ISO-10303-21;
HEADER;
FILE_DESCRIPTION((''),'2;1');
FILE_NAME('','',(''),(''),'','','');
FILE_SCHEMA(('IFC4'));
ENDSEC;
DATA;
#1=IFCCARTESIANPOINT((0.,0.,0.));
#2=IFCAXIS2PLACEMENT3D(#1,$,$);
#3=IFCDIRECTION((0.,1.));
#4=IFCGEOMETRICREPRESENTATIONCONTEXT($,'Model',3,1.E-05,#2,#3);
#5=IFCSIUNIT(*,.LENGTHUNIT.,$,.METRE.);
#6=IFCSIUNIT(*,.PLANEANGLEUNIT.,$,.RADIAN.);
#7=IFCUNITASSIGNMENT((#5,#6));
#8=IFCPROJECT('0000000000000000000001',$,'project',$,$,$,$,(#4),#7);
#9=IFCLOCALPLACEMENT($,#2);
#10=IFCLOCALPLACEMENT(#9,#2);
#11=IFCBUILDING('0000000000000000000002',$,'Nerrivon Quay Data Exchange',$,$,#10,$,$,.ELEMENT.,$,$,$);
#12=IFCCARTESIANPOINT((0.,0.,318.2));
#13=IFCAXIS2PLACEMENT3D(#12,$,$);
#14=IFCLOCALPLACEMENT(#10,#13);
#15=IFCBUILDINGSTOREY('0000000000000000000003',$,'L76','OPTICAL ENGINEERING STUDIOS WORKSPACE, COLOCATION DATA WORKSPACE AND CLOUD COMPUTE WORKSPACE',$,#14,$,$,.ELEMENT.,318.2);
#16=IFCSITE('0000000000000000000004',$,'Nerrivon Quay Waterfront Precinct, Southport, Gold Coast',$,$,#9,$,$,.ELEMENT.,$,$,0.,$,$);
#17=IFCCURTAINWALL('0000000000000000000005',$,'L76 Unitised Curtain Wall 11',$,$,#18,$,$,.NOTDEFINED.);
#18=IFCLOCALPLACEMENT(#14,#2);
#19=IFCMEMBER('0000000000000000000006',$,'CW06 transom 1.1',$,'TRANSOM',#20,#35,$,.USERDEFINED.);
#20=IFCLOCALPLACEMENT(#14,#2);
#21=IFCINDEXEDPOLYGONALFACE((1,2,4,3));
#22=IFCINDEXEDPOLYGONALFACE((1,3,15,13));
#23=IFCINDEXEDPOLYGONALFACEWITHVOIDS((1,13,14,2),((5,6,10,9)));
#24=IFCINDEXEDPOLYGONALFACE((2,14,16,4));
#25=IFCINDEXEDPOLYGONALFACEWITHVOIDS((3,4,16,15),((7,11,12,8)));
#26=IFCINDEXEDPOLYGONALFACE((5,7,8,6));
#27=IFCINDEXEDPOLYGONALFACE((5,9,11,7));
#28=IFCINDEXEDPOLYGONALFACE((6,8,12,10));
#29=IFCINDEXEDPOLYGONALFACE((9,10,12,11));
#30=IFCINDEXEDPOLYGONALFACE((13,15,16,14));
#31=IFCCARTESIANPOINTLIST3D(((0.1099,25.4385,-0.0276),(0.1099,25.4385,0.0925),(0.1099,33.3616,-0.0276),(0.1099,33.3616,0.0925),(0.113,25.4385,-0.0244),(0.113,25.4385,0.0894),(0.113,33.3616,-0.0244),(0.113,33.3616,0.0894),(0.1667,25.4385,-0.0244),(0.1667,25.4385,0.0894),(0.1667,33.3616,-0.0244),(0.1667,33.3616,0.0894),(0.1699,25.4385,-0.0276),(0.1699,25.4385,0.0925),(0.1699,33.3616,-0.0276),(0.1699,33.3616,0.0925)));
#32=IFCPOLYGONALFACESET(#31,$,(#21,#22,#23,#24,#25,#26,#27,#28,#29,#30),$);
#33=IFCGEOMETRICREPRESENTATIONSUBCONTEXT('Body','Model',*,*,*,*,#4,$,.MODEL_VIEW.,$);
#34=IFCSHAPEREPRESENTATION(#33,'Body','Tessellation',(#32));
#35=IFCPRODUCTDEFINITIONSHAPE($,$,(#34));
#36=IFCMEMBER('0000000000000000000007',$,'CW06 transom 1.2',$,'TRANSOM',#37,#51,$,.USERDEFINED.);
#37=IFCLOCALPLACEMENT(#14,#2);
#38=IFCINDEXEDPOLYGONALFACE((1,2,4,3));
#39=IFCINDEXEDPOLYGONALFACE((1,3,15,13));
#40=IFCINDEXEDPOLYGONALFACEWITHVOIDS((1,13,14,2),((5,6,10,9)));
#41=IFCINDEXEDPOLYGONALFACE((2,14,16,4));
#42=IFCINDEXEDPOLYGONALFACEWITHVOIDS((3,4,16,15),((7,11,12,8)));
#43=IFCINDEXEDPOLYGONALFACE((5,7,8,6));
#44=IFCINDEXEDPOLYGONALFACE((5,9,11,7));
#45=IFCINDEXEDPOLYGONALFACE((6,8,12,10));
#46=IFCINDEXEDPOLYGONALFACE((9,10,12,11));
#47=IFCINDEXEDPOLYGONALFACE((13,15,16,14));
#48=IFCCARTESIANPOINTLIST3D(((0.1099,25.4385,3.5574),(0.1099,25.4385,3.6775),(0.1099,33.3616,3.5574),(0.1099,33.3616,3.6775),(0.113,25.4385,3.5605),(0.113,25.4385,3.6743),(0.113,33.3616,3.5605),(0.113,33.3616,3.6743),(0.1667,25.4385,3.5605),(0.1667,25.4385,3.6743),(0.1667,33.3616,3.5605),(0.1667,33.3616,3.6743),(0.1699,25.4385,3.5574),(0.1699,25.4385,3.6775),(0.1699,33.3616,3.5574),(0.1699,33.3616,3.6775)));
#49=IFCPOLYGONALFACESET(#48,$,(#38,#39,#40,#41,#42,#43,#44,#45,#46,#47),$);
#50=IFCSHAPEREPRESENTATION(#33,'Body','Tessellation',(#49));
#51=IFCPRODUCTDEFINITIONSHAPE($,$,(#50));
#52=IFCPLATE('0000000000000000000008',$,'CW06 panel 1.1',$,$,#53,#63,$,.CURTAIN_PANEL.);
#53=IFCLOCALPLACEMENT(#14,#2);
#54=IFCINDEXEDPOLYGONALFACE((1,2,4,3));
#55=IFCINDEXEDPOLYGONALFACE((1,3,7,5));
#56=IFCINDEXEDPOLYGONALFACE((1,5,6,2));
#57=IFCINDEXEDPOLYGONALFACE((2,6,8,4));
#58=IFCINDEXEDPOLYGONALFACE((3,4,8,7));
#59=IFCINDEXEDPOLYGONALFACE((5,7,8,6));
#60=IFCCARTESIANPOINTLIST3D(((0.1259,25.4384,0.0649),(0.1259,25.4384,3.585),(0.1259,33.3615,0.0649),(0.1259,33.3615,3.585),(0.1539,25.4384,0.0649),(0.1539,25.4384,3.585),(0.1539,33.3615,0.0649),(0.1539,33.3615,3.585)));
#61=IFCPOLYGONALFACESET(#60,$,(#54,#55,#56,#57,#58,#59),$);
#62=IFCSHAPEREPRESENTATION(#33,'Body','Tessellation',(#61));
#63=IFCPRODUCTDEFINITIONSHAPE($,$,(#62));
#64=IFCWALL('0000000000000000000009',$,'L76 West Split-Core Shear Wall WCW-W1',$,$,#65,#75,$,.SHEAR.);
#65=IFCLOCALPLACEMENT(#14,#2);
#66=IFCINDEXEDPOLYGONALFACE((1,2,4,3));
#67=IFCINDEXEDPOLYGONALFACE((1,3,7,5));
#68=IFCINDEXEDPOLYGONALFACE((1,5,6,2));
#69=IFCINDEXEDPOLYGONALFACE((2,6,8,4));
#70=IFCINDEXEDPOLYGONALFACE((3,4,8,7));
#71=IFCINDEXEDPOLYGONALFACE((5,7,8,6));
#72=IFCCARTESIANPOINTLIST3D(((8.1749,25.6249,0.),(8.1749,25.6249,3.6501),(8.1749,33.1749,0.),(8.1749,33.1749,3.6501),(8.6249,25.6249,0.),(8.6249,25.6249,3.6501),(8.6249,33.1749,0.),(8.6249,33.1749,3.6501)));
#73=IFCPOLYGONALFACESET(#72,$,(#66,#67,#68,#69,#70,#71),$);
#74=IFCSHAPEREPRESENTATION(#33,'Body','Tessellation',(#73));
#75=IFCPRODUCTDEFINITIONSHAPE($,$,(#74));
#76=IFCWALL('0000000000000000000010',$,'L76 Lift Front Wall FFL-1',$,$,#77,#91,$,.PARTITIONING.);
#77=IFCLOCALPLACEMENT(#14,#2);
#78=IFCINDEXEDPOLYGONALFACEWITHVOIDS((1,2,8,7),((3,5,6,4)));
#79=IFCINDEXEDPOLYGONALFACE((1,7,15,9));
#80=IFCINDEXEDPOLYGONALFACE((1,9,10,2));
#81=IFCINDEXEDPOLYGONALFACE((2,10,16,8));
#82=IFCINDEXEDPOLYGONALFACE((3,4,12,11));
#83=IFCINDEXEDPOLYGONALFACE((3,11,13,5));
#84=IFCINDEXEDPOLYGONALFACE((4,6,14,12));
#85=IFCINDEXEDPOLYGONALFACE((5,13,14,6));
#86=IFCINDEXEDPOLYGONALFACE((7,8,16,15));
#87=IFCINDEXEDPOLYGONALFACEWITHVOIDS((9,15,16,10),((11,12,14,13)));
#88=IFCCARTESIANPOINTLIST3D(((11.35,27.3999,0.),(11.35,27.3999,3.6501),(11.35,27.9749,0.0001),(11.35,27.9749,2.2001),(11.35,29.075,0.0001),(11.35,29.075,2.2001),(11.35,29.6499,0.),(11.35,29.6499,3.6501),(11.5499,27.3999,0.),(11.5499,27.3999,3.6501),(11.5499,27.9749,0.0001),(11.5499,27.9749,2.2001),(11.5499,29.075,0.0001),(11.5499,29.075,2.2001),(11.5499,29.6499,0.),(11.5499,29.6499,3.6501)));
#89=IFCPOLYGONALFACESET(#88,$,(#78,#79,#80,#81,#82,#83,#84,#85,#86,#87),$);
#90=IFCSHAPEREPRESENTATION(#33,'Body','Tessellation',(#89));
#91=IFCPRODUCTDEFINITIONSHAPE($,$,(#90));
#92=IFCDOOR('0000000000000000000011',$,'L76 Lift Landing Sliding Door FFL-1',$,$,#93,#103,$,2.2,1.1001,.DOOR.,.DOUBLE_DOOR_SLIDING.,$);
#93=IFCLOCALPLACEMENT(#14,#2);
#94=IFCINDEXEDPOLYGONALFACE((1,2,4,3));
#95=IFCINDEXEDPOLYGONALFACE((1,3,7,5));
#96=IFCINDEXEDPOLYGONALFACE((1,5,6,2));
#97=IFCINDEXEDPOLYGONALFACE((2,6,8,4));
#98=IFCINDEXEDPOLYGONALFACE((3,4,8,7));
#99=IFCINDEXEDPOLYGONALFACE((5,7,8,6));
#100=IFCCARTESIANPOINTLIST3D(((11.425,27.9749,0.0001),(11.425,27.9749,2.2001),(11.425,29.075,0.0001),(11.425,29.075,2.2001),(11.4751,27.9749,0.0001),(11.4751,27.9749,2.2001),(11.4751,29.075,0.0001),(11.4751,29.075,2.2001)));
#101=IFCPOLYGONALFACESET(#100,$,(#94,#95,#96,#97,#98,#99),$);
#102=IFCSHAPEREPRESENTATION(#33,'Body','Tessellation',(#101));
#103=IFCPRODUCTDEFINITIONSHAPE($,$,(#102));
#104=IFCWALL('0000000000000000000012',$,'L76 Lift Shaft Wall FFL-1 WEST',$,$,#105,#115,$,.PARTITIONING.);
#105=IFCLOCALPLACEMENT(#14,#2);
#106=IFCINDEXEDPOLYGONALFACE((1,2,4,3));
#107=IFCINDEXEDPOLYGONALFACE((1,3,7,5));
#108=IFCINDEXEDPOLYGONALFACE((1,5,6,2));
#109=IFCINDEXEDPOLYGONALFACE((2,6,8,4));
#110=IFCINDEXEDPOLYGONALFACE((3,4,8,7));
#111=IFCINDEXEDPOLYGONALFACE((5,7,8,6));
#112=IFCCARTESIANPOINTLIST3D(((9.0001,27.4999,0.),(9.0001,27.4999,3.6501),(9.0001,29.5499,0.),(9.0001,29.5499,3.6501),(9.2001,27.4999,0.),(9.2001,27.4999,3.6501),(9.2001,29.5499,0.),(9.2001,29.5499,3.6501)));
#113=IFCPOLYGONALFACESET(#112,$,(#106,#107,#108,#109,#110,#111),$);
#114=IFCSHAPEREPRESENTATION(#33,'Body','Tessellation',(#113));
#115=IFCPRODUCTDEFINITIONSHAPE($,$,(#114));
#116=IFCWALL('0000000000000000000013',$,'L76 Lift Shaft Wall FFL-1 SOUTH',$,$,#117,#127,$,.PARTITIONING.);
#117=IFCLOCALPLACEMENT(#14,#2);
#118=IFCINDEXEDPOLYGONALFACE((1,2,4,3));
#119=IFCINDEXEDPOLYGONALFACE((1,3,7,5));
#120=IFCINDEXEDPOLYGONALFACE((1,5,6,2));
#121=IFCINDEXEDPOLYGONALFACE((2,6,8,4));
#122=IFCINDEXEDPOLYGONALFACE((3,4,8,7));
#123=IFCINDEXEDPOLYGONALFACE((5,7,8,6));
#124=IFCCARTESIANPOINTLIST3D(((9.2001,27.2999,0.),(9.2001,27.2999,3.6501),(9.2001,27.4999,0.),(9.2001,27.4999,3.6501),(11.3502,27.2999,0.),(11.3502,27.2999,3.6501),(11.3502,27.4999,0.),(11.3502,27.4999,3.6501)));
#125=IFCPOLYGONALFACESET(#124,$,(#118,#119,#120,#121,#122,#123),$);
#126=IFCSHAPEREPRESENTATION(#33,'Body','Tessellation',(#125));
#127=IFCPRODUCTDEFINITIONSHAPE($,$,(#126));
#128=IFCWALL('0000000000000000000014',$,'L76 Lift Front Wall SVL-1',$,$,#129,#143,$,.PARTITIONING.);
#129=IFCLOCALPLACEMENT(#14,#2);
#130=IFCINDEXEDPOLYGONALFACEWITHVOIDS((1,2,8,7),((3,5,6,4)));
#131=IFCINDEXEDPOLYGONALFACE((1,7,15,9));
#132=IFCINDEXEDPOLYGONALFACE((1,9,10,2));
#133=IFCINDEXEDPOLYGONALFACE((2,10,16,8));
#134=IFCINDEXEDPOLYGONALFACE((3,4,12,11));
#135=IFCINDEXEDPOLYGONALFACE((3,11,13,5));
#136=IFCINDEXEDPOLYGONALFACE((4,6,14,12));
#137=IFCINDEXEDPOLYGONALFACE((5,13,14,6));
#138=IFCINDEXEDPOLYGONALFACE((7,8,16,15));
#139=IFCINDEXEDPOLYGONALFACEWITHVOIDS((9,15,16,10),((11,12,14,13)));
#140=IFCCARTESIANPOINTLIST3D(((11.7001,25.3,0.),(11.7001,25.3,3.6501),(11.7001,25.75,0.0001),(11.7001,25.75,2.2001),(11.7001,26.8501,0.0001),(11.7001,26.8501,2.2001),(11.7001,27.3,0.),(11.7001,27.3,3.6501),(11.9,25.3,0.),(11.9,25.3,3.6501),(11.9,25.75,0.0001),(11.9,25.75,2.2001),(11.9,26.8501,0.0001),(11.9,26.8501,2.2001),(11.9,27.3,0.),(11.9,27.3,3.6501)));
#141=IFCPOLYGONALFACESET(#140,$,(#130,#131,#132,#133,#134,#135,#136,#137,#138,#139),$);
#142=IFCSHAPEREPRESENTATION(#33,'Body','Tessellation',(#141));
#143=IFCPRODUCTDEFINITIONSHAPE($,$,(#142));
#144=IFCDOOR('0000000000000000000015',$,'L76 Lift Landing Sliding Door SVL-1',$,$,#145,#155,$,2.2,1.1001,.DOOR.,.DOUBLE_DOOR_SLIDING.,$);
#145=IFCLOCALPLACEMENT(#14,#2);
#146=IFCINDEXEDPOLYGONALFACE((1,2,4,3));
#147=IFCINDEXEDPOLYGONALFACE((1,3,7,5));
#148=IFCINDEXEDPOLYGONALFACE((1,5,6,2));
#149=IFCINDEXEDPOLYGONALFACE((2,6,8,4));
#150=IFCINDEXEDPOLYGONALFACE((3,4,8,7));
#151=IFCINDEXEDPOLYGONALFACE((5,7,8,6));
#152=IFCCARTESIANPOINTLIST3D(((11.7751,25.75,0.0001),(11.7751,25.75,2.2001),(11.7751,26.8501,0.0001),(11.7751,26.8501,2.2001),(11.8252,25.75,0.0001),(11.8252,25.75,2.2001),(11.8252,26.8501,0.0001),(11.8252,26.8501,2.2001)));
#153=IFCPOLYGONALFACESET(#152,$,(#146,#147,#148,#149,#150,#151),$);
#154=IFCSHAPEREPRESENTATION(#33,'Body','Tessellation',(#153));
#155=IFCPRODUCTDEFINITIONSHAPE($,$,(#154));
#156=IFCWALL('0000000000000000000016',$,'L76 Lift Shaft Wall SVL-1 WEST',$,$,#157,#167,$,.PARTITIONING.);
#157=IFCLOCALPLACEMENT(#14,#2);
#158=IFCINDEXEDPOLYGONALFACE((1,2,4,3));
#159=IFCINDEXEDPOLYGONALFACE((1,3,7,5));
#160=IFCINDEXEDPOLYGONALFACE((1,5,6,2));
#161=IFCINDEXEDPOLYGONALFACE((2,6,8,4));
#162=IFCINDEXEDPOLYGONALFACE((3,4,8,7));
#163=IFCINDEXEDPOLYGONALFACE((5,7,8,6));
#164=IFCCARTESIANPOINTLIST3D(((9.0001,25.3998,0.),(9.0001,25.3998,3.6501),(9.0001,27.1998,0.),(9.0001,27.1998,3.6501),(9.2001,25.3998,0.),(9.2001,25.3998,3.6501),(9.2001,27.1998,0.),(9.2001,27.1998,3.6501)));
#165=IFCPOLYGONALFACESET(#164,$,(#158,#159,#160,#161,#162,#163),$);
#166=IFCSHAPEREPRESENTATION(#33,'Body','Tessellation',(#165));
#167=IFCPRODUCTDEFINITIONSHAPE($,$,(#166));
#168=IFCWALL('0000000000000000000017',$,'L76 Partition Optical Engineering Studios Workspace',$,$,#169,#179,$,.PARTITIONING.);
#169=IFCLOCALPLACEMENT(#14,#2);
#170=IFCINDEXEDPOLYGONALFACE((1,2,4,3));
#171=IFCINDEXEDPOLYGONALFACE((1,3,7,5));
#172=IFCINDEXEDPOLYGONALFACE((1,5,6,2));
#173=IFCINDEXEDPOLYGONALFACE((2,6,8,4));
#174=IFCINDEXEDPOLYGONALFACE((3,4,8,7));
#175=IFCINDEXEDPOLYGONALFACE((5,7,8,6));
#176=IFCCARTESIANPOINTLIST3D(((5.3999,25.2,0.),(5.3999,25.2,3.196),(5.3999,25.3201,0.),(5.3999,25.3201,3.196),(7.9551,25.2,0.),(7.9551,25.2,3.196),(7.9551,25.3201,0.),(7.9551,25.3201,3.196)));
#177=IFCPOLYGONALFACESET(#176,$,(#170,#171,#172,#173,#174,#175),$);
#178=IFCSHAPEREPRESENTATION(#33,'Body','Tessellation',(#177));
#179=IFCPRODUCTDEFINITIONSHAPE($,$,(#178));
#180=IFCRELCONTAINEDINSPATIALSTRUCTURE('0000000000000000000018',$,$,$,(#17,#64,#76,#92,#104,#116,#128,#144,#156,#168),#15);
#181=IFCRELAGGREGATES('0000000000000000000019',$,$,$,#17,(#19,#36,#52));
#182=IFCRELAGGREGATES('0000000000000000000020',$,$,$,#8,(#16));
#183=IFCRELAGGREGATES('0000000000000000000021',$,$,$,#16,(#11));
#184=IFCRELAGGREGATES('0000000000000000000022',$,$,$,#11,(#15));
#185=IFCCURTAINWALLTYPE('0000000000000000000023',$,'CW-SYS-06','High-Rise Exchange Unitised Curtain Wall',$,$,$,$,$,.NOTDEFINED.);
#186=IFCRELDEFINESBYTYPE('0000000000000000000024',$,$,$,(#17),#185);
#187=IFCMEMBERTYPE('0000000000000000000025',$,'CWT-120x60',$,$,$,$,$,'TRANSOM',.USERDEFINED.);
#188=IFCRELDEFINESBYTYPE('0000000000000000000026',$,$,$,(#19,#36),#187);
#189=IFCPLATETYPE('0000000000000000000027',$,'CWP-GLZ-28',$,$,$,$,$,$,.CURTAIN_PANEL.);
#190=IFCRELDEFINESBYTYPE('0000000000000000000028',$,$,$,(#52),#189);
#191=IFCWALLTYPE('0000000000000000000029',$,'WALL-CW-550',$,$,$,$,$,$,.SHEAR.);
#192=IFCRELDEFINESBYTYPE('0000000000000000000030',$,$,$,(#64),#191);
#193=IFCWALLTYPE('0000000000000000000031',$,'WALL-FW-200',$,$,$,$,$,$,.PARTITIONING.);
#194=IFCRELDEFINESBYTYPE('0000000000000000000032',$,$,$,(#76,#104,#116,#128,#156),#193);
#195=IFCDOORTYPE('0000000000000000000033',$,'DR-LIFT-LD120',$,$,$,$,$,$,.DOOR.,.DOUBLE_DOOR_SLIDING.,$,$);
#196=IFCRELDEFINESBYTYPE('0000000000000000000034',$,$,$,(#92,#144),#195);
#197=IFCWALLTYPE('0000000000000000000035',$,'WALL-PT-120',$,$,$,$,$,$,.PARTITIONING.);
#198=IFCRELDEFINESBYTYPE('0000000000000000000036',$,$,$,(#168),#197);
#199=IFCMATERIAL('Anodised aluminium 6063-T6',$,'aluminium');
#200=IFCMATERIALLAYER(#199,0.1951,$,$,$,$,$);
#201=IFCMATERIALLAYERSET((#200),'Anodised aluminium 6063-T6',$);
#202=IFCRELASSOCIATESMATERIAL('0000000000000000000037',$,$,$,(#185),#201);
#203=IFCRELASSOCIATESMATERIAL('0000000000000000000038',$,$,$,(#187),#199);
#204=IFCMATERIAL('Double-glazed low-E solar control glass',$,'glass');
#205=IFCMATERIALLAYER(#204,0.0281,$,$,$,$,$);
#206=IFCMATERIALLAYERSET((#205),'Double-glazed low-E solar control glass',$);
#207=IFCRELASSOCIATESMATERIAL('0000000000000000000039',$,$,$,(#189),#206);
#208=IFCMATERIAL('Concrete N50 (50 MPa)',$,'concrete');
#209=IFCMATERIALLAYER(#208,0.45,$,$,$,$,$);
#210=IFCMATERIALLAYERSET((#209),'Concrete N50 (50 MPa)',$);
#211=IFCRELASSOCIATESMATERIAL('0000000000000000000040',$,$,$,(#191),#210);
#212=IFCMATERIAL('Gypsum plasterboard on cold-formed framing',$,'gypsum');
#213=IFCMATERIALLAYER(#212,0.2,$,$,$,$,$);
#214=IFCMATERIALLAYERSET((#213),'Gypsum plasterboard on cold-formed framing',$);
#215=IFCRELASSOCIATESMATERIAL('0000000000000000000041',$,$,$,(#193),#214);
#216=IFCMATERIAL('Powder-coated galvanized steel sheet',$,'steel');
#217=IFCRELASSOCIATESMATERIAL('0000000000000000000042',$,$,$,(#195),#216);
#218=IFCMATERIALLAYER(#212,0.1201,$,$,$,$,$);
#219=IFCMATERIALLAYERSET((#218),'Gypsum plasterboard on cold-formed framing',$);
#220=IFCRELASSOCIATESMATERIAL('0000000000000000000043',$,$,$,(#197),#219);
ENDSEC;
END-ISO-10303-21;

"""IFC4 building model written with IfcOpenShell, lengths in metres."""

from ifc_helpers import new_model, si_unit, direction, frame, frame_2d, origin, origin_2d, place, context, subcontext, project, spatial, rectangle, hollow_rectangle, extrude, material, layer, layer_set, material_profile, profile_set, type_object, element, fill, aggregate, save


model = new_model("IFC4")

# Units and contexts
model_context = context("Model", 3, precision=1e-05, world=origin(), true_north=direction((0.0, 1.0)))
body_context = subcontext(model_context, "Body", "Model", "MODEL_VIEW")
ifc_project = project(units=[si_unit("LENGTHUNIT", "METRE"), si_unit("PLANEANGLEUNIT", "RADIAN")], contexts=[model_context])

# Site, building, storey
site_placement = place(None, origin())
site = spatial("IfcSite", under=ifc_project, at=site_placement, Name="Nerrivon Quay Waterfront Precinct, Southport, Gold Coast", CompositionType="ELEMENT", RefElevation=0.0)
building_placement = place(site_placement, origin())
building = spatial("IfcBuilding", under=site, at=building_placement, Name="Nerrivon Quay Data Exchange", CompositionType="ELEMENT")
storey_placement = place(building_placement, frame((0.0, 0.0, 318.2)))
storey = spatial("IfcBuildingStorey", under=building, at=storey_placement, Name="L76", Description="OPTICAL ENGINEERING STUDIOS WORKSPACE, COLOCATION DATA WORKSPACE AND CLOUD COMPUTE WORKSPACE", CompositionType="ELEMENT", Elevation=318.2)

# Curtain wall, members, plate
ifc_material_1 = material(Name="Anodised aluminium 6063-T6", Category="aluminium")
ifc_layer_1 = layer(ifc_material_1, 0.1951)
ifc_layer_set_1 = layer_set([ifc_layer_1], Name="Anodised aluminium 6063-T6")
curtain_wall_type = type_object("IfcCurtainWallType", Name="CW-SYS-06", Description="High-Rise Exchange Unitised Curtain Wall", PredefinedType="NOTDEFINED", material=ifc_layer_set_1)
curtain_wall_placement = place(storey_placement, origin())
curtain_wall = element("IfcCurtainWall", 1, at=curtain_wall_placement, inside=storey, type_object=curtain_wall_type, Name="L76 Unitised Curtain Wall 11", PredefinedType="NOTDEFINED")
ifc_material_profile_1 = material_profile(ifc_material_1, hollow_rectangle(XDim=0.0601, YDim=0.1201, WallThickness=0.0032, at=origin_2d()), Name="ALU-TRAN-120x60")
ifc_profile_set_1 = profile_set([ifc_material_profile_1], Name="Anodised aluminium 6063-T6")
member_type_1 = type_object("IfcMemberType", Name="CWT-120x60", ElementType="TRANSOM", PredefinedType="USERDEFINED", material=ifc_profile_set_1)
member_1_placement = place(storey_placement, frame((0.1399, 25.4385, 0.0325), z_axis=(0.0, 1.0, 0.0), x_axis=(-1.0, 0.0, 0.0)))
member_1 = element("IfcMember", 2, at=member_1_placement, type_object=member_type_1, Name="CW06 transom 1.1", ObjectType="TRANSOM", PredefinedType="USERDEFINED", context=body_context, shape_type="SweptSolid", body=[
    extrude(hollow_rectangle(XDim=0.0601, YDim=0.1201, WallThickness=0.0032, at=origin_2d()), origin(), (0.0, 0.0, 1.0), 7.9231),
])
member_2_placement = place(storey_placement, frame((0.1399, 25.4385, 3.6174), z_axis=(0.0, 1.0, 0.0), x_axis=(-1.0, 0.0, 0.0)))
member_2 = element("IfcMember", 3, at=member_2_placement, type_object=member_type_1, Name="CW06 transom 1.2", ObjectType="TRANSOM", PredefinedType="USERDEFINED", context=body_context, shape_type="SweptSolid", body=[
    extrude(hollow_rectangle(XDim=0.0601, YDim=0.1201, WallThickness=0.0032, at=origin_2d()), origin(), (0.0, 0.0, 1.0), 7.9231),
])
ifc_material_2 = material(Name="Double-glazed low-E solar control glass", Category="glass")
ifc_layer_2 = layer(ifc_material_2, 0.0281)
ifc_layer_set_2 = layer_set([ifc_layer_2], Name="Double-glazed low-E solar control glass")
plate_type = type_object("IfcPlateType", Name="CWP-GLZ-28", PredefinedType="CURTAIN_PANEL", material=ifc_layer_set_2)
plate_placement = place(storey_placement, frame((0.1399, 29.3999, 0.0649), z_axis=(0.0, 0.0, 1.0), x_axis=(0.0, 1.0, 0.0)))
plate = element("IfcPlate", 4, at=plate_placement, type_object=plate_type, Name="CW06 panel 1.1", PredefinedType="CURTAIN_PANEL", context=body_context, shape_type="SweptSolid", body=[
    extrude(rectangle(XDim=7.9231, YDim=0.0281, at=origin_2d()), origin(), (0.0, 0.0, 1.0), 3.52),
])
aggregate(curtain_wall, [member_1, member_2, plate])

# Wall
ifc_material_3 = material(Name="Concrete N50 (50 MPa)", Category="concrete")
ifc_layer_3 = layer(ifc_material_3, 0.45)
ifc_layer_set_3 = layer_set([ifc_layer_3], Name="Concrete N50 (50 MPa)")
wall_type_1 = type_object("IfcWallType", Name="WALL-CW-550", PredefinedType="SHEAR", material=ifc_layer_set_3)
wall_1_placement = place(storey_placement, frame((8.3999, 25.625, 0.0), z_axis=(0.0, 0.0, 1.0), x_axis=(0.0, 1.0, 0.0)))
element("IfcWall", 5, at=wall_1_placement, inside=storey, type_object=wall_type_1, Name="L76 West Split-Core Shear Wall WCW-W1", PredefinedType="SHEAR", context=body_context, shape_type="SweptSolid", body=[
    extrude(rectangle(XDim=7.55, YDim=0.45, at=frame_2d((3.7749, 0.0))), origin(), (0.0, 0.0, 1.0), 3.6501),
])

# Wall, opening, door
ifc_material_4 = material(Name="Gypsum plasterboard on cold-formed framing", Category="gypsum")
ifc_layer_4 = layer(ifc_material_4, 0.2)
ifc_layer_set_4 = layer_set([ifc_layer_4], Name="Gypsum plasterboard on cold-formed framing")
wall_type_2 = type_object("IfcWallType", Name="WALL-FW-200", PredefinedType="PARTITIONING", material=ifc_layer_set_4)
wall_2_placement = place(storey_placement, frame((11.45, 27.3999, 0.0), z_axis=(0.0, 0.0, 1.0), x_axis=(0.0, 1.0, 0.0)))
wall_2 = element("IfcWall", 6, at=wall_2_placement, inside=storey, type_object=wall_type_2, Name="L76 Lift Front Wall FFL-1", PredefinedType="PARTITIONING", context=body_context, shape_type="SweptSolid", body=[
    extrude(rectangle(XDim=2.25, YDim=0.2, at=frame_2d((1.125, 0.0))), origin(), (0.0, 0.0, 1.0), 3.6501),
])
opening_1_placement = place(wall_2_placement, frame((0.575, 0.0, 0.0)))
opening_1 = element("IfcOpeningElement", 7, at=opening_1_placement, cuts=wall_2, PredefinedType="OPENING", context=body_context, shape_type="SweptSolid", body=[
    extrude(rectangle(XDim=1.1001, YDim=2.2, at=frame_2d((0.55, 1.1001))), frame((0.0, 0.1099, 0.0), z_axis=(0.0, -1.0, 0.0), x_axis=(1.0, 0.0, 0.0)), (0.0, 0.0, 1.0), 0.22),
])
ifc_material_5 = material(Name="Powder-coated galvanized steel sheet", Category="steel")
door_type_1 = type_object("IfcDoorType", Name="DR-LIFT-LD120", OperationType="DOUBLE_DOOR_SLIDING", PredefinedType="DOOR", material=ifc_material_5)
door_1_placement = place(opening_1_placement, origin())
door_1 = element("IfcDoor", 8, at=door_1_placement, inside=storey, type_object=door_type_1, Name="L76 Lift Landing Sliding Door FFL-1", OperationType="DOUBLE_DOOR_SLIDING", OverallHeight=2.2, OverallWidth=1.1001, PredefinedType="DOOR", context=body_context, shape_type="SweptSolid", body=[
    extrude(rectangle(XDim=1.1001, YDim=2.2, at=frame_2d((0.55, 1.1001))), frame((0.0, 0.0249, 0.0), z_axis=(0.0, -1.0, 0.0), x_axis=(1.0, 0.0, 0.0)), (0.0, 0.0, 1.0), 0.05),
])
fill(opening_1, door_1)

# Walls
wall_3_placement = place(storey_placement, frame((9.1001, 27.5, 0.0), z_axis=(0.0, 0.0, 1.0), x_axis=(0.0, 1.0, 0.0)))
element("IfcWall", 9, at=wall_3_placement, inside=storey, type_object=wall_type_2, Name="L76 Lift Shaft Wall FFL-1 WEST", PredefinedType="PARTITIONING", context=body_context, shape_type="SweptSolid", body=[
    extrude(rectangle(XDim=2.05, YDim=0.2, at=frame_2d((1.0249, 0.0))), origin(), (0.0, 0.0, 1.0), 3.6501),
])
wall_4_placement = place(storey_placement, frame((9.2, 27.3999, 0.0), z_axis=(0.0, 0.0, 1.0), x_axis=(1.0, 0.0, 0.0)))
element("IfcWall", 10, at=wall_4_placement, inside=storey, type_object=wall_type_2, Name="L76 Lift Shaft Wall FFL-1 SOUTH", PredefinedType="PARTITIONING", context=body_context, shape_type="SweptSolid", body=[
    extrude(rectangle(XDim=2.1501, YDim=0.2, at=frame_2d((1.0752, 0.0))), origin(), (0.0, 0.0, 1.0), 3.6501),
])

# Wall, opening, door
wall_5_placement = place(storey_placement, frame((11.8, 25.3, 0.0), z_axis=(0.0, 0.0, 1.0), x_axis=(0.0, 1.0, 0.0)))
wall_5 = element("IfcWall", 11, at=wall_5_placement, inside=storey, type_object=wall_type_2, Name="L76 Lift Front Wall SVL-1", PredefinedType="PARTITIONING", context=body_context, shape_type="SweptSolid", body=[
    extrude(rectangle(XDim=2.0, YDim=0.2, at=frame_2d((1.0, 0.0))), origin(), (0.0, 0.0, 1.0), 3.6501),
])
opening_2_placement = place(wall_5_placement, frame((0.45, 0.0, 0.0)))
opening_2 = element("IfcOpeningElement", 12, at=opening_2_placement, cuts=wall_5, PredefinedType="OPENING", context=body_context, shape_type="SweptSolid", body=[
    extrude(rectangle(XDim=1.1001, YDim=2.2, at=frame_2d((0.55, 1.1001))), frame((0.0, 0.1099, 0.0), z_axis=(0.0, -1.0, 0.0), x_axis=(1.0, 0.0, 0.0)), (0.0, 0.0, 1.0), 0.22),
])
door_2_placement = place(opening_2_placement, origin())
door_2 = element("IfcDoor", 13, at=door_2_placement, inside=storey, type_object=door_type_1, Name="L76 Lift Landing Sliding Door SVL-1", OperationType="DOUBLE_DOOR_SLIDING", OverallHeight=2.2, OverallWidth=1.1001, PredefinedType="DOOR", context=body_context, shape_type="SweptSolid", body=[
    extrude(rectangle(XDim=1.1001, YDim=2.2, at=frame_2d((0.55, 1.1001))), frame((0.0, 0.0249, 0.0), z_axis=(0.0, -1.0, 0.0), x_axis=(1.0, 0.0, 0.0)), (0.0, 0.0, 1.0), 0.05),
])
fill(opening_2, door_2)

# Walls
wall_6_placement = place(storey_placement, frame((9.1001, 25.3999, 0.0), z_axis=(0.0, 0.0, 1.0), x_axis=(0.0, 1.0, 0.0)))
element("IfcWall", 14, at=wall_6_placement, inside=storey, type_object=wall_type_2, Name="L76 Lift Shaft Wall SVL-1 WEST", PredefinedType="PARTITIONING", context=body_context, shape_type="SweptSolid", body=[
    extrude(rectangle(XDim=1.8, YDim=0.2, at=frame_2d((0.8999, 0.0))), origin(), (0.0, 0.0, 1.0), 3.6501),
])
ifc_layer_5 = layer(ifc_material_4, 0.1201)
ifc_layer_set_5 = layer_set([ifc_layer_5], Name="Gypsum plasterboard on cold-formed framing")
wall_type_3 = type_object("IfcWallType", Name="WALL-PT-120", PredefinedType="PARTITIONING", material=ifc_layer_set_5)
wall_7_placement = place(storey_placement, frame((5.3999, 25.26, 0.0), z_axis=(0.0, 0.0, 1.0), x_axis=(1.0, 0.0, 0.0)))
element("IfcWall", 15, at=wall_7_placement, inside=storey, type_object=wall_type_3, Name="L76 Partition Optical Engineering Studios Workspace", PredefinedType="PARTITIONING", context=body_context, shape_type="SweptSolid", body=[
    extrude(rectangle(XDim=2.5552, YDim=0.1201, at=frame_2d((1.2776, 0.0))), origin(), (0.0, 0.0, 1.0), 3.196),
])

save(model, "model.ifc")
